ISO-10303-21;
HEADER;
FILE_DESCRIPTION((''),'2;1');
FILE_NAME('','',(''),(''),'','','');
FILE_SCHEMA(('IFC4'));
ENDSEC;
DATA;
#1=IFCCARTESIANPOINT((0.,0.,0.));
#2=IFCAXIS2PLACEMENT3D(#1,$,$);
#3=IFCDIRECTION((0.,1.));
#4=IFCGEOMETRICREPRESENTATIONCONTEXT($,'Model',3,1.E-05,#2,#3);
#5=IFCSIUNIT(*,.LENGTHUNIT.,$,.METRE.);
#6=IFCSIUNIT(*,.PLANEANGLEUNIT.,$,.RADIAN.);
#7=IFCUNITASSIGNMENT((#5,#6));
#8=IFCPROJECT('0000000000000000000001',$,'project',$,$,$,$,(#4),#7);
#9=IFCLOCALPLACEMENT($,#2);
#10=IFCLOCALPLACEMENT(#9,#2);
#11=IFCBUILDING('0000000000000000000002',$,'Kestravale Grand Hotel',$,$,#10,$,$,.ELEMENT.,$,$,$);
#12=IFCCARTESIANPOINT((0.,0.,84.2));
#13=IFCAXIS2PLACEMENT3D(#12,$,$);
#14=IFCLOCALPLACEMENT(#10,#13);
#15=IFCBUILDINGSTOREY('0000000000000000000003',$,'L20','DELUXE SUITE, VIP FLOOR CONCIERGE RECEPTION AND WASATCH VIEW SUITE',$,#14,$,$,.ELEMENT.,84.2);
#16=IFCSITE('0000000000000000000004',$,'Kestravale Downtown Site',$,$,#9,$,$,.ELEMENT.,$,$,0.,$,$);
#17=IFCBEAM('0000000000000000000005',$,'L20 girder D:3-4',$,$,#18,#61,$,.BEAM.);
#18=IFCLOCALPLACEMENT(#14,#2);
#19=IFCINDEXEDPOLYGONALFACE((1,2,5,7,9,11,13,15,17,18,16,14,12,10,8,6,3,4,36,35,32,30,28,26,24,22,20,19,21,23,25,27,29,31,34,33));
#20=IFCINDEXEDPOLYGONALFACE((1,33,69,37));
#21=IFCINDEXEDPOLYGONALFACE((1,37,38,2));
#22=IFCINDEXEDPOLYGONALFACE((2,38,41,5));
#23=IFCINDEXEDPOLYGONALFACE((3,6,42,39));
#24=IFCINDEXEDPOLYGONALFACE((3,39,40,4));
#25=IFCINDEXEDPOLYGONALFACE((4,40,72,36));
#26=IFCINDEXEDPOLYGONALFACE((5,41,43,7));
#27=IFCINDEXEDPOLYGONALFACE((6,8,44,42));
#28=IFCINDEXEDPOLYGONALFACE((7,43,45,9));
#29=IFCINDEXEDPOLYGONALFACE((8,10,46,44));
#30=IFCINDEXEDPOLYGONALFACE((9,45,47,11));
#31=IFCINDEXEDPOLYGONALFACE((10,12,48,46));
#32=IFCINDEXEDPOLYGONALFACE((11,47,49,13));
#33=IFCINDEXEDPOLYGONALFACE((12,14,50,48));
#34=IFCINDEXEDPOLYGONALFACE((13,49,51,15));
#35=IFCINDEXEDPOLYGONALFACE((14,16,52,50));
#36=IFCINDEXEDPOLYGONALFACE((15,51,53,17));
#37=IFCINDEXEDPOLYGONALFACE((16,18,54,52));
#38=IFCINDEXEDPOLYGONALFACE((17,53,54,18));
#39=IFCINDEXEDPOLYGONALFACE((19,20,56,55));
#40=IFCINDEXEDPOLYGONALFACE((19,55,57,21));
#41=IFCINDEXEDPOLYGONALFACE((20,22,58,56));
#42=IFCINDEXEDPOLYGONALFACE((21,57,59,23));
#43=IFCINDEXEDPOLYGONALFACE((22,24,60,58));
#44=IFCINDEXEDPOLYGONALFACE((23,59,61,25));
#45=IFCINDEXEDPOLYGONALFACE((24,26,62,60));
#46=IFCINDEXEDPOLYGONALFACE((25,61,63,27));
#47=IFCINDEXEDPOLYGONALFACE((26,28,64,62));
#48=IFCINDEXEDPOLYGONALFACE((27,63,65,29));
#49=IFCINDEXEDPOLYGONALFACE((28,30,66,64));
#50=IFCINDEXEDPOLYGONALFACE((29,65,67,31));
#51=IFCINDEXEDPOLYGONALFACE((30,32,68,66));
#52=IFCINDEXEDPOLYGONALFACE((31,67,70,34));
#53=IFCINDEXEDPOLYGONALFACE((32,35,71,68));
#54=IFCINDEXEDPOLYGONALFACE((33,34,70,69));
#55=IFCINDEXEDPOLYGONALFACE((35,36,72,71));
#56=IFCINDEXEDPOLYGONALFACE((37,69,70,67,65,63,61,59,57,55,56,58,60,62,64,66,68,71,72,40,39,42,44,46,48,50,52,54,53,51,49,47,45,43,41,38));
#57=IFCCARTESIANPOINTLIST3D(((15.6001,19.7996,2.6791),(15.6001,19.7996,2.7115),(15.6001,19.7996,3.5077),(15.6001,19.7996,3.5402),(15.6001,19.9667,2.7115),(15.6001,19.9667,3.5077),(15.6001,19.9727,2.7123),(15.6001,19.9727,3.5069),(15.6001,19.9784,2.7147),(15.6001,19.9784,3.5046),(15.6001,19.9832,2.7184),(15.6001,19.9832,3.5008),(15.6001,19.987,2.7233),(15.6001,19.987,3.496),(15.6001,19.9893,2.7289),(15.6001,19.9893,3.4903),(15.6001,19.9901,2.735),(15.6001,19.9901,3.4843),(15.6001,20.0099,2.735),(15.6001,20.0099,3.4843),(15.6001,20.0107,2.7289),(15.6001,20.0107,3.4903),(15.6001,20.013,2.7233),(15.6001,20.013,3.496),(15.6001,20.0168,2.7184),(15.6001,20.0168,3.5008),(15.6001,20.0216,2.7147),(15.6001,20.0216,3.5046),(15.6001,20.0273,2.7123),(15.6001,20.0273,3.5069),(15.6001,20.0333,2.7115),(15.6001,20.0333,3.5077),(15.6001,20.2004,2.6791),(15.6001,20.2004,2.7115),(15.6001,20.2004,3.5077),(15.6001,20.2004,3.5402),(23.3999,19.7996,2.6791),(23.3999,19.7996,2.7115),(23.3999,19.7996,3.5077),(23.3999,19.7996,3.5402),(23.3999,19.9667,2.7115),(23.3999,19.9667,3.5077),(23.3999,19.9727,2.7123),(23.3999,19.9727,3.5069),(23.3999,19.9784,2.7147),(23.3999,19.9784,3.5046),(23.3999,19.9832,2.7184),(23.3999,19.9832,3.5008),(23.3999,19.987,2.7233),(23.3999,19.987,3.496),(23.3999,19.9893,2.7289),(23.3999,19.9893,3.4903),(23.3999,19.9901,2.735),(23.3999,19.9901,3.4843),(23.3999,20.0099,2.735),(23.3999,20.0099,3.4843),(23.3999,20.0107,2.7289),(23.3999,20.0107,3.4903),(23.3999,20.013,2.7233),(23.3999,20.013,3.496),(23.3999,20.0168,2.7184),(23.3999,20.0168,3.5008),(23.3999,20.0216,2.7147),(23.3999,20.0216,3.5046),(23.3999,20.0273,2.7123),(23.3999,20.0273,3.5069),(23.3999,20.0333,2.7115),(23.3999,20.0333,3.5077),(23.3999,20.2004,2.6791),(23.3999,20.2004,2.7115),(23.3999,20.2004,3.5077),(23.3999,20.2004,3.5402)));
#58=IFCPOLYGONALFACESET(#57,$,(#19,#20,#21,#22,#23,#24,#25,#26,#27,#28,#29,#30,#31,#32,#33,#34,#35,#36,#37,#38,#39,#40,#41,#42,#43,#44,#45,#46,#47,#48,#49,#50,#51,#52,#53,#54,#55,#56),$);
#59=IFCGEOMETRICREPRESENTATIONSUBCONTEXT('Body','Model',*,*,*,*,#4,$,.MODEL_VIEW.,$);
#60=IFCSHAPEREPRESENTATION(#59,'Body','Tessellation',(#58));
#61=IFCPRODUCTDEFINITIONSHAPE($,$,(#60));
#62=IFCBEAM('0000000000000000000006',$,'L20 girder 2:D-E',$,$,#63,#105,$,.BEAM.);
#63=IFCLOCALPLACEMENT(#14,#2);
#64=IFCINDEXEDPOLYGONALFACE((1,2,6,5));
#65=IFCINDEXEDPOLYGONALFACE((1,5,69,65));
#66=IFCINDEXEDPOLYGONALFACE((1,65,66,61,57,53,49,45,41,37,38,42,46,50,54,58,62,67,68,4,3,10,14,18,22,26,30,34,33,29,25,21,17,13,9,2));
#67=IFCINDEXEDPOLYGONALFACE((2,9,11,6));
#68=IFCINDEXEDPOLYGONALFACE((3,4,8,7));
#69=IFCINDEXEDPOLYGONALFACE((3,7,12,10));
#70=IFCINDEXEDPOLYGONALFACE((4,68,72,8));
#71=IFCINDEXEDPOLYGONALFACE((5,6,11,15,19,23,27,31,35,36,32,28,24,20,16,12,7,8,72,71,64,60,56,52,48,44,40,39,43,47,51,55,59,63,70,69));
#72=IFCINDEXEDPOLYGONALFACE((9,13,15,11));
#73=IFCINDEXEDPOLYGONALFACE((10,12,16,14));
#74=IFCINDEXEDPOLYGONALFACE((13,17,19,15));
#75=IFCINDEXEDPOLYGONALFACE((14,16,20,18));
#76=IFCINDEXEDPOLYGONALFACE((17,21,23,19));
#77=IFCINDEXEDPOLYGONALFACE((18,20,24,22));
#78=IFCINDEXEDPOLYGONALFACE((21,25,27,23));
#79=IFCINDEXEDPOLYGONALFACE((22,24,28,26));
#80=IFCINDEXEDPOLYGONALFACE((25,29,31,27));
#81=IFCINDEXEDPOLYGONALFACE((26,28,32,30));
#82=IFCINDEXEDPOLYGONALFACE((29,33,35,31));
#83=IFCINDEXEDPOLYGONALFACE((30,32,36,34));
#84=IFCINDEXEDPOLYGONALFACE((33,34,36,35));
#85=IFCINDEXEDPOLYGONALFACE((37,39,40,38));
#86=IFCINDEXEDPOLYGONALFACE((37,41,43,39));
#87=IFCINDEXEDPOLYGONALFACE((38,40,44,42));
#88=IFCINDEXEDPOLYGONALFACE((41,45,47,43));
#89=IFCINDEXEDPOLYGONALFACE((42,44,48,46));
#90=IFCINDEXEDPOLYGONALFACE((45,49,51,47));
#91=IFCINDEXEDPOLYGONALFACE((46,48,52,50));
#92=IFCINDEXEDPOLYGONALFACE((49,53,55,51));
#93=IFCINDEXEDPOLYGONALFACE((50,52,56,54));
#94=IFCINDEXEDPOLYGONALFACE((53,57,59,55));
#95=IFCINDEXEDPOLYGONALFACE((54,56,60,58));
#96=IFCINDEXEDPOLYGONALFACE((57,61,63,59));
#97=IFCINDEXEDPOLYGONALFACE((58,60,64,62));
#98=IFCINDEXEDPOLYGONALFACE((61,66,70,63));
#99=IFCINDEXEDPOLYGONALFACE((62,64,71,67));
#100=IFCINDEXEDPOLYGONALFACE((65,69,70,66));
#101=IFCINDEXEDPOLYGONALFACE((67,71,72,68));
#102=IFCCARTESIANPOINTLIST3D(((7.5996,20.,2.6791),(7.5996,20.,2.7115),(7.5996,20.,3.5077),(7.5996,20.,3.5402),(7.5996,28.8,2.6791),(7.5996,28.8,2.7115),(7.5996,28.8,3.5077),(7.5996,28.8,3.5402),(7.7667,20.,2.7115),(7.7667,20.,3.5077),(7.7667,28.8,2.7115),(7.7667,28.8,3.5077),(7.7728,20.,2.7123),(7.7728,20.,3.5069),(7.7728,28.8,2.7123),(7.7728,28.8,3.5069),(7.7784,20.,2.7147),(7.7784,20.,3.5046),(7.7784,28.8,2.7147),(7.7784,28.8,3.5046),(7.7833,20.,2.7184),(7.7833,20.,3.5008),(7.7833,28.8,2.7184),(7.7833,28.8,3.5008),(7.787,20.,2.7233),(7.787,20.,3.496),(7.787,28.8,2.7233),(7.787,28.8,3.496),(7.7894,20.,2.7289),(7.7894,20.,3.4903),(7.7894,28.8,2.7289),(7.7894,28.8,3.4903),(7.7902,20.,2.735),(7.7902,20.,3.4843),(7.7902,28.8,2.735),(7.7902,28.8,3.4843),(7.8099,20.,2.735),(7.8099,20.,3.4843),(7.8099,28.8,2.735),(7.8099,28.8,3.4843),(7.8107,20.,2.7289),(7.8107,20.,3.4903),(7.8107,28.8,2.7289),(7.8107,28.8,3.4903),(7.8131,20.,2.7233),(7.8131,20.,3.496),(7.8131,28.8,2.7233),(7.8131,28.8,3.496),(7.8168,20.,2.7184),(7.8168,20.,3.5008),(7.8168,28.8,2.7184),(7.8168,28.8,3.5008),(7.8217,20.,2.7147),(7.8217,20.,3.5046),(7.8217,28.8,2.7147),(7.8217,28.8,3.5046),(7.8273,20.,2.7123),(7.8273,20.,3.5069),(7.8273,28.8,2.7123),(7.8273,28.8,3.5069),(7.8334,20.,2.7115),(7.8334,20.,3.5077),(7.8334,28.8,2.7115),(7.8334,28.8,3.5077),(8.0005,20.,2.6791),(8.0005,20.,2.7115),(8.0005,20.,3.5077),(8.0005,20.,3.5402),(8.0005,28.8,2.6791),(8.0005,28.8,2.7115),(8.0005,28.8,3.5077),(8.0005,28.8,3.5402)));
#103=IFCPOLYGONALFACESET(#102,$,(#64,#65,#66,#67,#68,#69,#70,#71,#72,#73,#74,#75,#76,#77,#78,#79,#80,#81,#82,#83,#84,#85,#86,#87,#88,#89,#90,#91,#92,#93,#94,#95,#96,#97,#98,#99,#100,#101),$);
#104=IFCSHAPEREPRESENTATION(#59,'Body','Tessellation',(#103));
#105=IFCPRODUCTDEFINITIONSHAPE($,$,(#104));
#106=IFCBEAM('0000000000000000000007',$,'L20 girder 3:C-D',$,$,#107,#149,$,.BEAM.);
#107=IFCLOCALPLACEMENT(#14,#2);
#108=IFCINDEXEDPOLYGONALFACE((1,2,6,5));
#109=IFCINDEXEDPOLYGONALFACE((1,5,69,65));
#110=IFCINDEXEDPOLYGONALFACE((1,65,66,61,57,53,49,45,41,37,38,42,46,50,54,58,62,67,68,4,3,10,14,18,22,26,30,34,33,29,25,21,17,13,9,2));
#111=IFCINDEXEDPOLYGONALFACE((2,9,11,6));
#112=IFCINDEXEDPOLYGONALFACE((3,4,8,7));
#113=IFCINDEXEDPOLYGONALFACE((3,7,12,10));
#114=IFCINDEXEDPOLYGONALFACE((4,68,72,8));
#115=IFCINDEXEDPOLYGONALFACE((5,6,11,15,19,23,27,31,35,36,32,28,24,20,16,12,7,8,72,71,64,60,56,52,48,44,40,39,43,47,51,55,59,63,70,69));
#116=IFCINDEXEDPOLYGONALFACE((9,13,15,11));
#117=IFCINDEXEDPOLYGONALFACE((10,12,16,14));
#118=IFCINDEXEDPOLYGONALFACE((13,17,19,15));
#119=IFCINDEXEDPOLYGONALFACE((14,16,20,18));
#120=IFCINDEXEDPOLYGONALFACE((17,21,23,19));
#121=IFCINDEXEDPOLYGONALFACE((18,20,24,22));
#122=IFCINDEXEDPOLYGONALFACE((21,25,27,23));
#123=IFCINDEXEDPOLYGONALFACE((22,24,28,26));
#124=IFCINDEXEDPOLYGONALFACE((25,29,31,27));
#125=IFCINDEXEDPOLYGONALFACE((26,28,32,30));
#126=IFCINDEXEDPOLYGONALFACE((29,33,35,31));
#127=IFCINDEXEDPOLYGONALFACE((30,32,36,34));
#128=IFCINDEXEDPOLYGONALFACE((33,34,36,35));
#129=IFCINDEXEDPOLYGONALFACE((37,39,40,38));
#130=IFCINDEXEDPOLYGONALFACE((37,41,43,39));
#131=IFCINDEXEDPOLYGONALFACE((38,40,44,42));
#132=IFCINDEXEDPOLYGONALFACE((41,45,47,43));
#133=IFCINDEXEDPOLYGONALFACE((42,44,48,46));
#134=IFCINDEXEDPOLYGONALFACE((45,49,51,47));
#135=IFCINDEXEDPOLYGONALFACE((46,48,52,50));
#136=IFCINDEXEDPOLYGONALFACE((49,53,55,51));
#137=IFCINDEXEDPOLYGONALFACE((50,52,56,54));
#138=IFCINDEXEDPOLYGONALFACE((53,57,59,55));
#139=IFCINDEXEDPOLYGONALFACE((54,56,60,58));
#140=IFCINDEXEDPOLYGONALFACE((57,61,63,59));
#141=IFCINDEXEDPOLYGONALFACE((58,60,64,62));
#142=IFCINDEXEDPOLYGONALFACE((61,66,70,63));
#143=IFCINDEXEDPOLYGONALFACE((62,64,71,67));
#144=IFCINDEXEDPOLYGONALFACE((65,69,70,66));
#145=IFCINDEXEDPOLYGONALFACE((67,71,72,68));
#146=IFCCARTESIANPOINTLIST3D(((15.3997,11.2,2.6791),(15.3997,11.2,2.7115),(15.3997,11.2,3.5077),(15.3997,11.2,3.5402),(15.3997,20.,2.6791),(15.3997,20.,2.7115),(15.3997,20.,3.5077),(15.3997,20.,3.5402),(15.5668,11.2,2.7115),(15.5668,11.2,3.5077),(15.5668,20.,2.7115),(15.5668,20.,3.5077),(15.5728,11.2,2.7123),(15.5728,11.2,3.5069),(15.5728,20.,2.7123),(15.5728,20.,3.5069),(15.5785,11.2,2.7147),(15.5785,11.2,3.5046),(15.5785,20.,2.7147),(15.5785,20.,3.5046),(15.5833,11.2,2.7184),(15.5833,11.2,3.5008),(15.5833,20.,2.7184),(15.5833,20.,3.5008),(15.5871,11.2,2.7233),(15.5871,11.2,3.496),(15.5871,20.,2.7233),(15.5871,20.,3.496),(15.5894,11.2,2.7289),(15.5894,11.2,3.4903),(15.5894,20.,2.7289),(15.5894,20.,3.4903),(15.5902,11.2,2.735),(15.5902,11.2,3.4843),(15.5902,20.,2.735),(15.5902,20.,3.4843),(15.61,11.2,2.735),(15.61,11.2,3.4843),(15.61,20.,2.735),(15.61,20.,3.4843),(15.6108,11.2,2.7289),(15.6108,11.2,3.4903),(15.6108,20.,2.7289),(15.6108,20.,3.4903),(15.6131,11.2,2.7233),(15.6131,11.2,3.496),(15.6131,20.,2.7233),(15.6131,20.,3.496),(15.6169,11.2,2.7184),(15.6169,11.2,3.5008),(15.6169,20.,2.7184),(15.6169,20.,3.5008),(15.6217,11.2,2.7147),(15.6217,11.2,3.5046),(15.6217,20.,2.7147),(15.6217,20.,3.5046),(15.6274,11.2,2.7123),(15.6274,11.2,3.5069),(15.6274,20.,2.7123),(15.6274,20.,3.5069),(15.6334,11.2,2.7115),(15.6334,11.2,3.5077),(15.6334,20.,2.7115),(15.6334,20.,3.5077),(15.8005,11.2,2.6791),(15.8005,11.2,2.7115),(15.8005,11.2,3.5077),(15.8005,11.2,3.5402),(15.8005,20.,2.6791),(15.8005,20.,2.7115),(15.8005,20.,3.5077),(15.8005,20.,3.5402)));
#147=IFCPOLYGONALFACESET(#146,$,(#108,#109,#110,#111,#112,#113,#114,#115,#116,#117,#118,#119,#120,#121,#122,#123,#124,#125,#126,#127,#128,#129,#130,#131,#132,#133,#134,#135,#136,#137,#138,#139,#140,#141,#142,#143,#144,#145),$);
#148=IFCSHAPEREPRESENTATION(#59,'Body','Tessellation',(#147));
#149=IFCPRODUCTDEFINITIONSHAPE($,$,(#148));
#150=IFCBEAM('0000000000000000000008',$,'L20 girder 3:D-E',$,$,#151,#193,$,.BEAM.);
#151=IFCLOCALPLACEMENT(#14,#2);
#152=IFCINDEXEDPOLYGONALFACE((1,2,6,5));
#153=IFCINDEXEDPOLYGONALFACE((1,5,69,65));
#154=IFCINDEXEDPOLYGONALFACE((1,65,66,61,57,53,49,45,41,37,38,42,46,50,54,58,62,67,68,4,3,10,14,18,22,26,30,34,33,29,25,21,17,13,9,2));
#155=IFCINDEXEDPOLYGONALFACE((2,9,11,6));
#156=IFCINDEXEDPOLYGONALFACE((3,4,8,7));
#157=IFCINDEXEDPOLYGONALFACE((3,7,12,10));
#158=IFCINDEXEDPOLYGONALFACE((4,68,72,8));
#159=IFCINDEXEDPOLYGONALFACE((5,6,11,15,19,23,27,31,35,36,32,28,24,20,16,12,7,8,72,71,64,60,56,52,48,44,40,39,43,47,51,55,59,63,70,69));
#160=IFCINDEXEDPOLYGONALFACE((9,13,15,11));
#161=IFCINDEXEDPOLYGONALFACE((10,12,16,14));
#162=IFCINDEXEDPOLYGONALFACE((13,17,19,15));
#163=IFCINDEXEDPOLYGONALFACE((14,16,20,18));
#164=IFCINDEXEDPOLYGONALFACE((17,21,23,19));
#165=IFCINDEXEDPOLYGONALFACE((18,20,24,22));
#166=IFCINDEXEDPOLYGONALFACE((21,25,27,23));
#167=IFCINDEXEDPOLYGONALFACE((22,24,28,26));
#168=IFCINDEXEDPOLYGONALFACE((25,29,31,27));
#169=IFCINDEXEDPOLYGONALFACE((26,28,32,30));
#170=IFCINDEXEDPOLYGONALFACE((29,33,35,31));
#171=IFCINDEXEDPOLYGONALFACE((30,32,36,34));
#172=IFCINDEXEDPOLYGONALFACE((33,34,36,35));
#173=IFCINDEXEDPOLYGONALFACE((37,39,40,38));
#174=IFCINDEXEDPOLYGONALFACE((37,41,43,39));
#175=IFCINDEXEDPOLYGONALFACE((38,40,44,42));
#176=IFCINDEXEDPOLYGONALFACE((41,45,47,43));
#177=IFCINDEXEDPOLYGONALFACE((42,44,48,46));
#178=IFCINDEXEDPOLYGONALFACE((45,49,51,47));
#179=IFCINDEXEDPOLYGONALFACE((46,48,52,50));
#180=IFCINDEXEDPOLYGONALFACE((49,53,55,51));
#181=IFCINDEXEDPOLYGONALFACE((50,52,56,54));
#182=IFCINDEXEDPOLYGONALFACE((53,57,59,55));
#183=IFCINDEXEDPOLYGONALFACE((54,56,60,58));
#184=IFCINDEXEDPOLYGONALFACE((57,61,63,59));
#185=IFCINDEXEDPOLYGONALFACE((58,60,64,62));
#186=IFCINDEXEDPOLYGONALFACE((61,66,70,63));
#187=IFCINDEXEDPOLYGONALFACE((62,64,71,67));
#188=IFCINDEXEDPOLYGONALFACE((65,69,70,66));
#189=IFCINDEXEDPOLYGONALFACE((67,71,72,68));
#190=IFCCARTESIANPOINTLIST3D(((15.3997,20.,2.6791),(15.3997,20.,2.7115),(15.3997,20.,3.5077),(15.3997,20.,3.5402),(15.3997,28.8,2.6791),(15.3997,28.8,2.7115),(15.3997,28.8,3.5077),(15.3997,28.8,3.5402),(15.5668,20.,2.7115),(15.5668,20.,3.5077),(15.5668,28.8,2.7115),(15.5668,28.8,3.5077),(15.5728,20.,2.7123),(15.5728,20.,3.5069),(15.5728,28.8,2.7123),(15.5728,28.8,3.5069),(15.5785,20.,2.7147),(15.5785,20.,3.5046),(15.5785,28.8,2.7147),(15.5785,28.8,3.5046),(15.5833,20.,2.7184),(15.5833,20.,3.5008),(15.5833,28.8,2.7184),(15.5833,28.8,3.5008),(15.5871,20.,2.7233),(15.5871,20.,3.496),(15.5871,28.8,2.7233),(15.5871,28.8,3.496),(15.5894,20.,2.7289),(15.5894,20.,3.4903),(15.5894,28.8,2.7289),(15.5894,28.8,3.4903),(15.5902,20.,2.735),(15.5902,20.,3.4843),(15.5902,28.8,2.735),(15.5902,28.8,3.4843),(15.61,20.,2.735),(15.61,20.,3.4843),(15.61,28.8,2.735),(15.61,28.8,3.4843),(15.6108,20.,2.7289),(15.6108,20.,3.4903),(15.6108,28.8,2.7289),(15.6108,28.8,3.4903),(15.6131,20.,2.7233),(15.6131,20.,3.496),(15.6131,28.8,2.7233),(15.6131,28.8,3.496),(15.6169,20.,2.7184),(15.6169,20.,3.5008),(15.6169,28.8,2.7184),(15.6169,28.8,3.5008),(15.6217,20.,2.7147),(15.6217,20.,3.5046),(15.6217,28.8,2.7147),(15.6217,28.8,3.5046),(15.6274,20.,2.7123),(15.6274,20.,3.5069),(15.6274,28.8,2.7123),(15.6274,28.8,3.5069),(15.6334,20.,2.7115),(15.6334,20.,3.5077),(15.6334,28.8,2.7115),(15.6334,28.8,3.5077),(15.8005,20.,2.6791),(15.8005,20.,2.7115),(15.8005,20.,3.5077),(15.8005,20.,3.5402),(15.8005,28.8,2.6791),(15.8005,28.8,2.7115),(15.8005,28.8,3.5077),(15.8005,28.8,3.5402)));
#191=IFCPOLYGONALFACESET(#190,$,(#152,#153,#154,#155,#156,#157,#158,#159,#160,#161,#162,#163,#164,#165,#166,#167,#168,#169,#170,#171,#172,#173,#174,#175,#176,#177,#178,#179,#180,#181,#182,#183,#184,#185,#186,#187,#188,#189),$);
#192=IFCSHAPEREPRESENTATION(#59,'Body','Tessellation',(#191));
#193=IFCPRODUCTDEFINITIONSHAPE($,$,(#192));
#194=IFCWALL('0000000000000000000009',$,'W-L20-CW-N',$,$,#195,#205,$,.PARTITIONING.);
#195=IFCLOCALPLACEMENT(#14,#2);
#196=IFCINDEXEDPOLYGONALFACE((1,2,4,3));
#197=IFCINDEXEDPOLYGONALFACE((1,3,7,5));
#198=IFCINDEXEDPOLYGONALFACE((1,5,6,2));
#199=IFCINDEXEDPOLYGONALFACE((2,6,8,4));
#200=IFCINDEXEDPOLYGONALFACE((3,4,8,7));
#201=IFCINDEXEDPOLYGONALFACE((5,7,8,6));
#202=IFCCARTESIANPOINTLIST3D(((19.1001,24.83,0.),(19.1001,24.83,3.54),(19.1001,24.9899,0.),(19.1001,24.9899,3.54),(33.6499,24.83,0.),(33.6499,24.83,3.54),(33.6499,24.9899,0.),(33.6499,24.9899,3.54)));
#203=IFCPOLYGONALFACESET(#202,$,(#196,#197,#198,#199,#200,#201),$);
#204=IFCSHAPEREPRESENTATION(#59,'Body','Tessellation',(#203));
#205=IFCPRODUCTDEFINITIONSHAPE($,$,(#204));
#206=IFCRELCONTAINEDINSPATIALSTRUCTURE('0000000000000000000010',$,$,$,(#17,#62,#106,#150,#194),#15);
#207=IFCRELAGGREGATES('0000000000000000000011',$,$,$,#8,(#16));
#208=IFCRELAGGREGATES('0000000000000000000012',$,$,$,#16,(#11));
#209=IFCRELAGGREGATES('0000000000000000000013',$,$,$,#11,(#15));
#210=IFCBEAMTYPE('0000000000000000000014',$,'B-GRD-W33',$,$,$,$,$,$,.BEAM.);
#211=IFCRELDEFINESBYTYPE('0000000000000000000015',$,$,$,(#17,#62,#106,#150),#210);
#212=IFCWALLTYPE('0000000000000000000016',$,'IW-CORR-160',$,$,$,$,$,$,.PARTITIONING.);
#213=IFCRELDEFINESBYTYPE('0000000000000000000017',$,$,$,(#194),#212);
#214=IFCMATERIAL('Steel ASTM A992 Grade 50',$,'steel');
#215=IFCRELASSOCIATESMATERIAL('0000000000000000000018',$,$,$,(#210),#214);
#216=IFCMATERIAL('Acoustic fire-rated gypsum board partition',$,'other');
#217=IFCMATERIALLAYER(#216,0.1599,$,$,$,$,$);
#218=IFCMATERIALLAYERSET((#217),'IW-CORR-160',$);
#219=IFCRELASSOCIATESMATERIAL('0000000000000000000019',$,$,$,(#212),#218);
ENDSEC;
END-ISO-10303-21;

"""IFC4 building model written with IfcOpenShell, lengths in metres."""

from ifc_helpers import new_model, si_unit, direction, frame, frame_2d, origin, origin_2d, place, context, subcontext, project, spatial, rectangle, i_section, extrude, material, layer, layer_set, material_profile, profile_set, type_object, element, save


model = new_model("IFC4")

# Units and contexts
model_context = context("Model", 3, precision=1e-05, world=origin(), true_north=direction((0.0, 1.0)))
body_context = subcontext(model_context, "Body", "Model", "MODEL_VIEW")
ifc_project = project(units=[si_unit("LENGTHUNIT", "METRE"), si_unit("PLANEANGLEUNIT", "RADIAN")], contexts=[model_context])

# Site, building, storey
site_placement = place(None, origin())
site = spatial("IfcSite", under=ifc_project, at=site_placement, Name="Kestravale Downtown Site", CompositionType="ELEMENT", RefElevation=0.0)
building_placement = place(site_placement, origin())
building = spatial("IfcBuilding", under=site, at=building_placement, Name="Kestravale Grand Hotel", CompositionType="ELEMENT")
storey_placement = place(building_placement, frame((0.0, 0.0, 84.2)))
storey = spatial("IfcBuildingStorey", under=building, at=storey_placement, Name="L20", Description="DELUXE SUITE, VIP FLOOR CONCIERGE RECEPTION AND WASATCH VIEW SUITE", CompositionType="ELEMENT", Elevation=84.2)

# Beams
ifc_material_1 = material(Name="Steel ASTM A992 Grade 50", Category="steel")
ifc_material_profile_1 = material_profile(ifc_material_1, i_section(OverallWidth=0.4009, OverallDepth=0.8611, WebThickness=0.0198, FlangeThickness=0.0325, FilletRadius=0.0234, at=origin_2d()))
ifc_profile_set_1 = profile_set([ifc_material_profile_1], Name="Steel ASTM A992 Grade 50")
beam_type_1 = type_object("IfcBeamType", Name="B-GRD-W33", PredefinedType="BEAM", material=ifc_profile_set_1)
beam_1_placement = place(storey_placement, frame((15.6001, 20.0, 3.1096), z_axis=(1.0, 0.0, 0.0), x_axis=(0.0, 1.0, 0.0)))
element("IfcBeam", 1, at=beam_1_placement, inside=storey, type_object=beam_type_1, Name="L20 girder D:3-4", PredefinedType="BEAM", context=body_context, shape_type="SweptSolid", body=[
    extrude(i_section(OverallWidth=0.4009, OverallDepth=0.8611, WebThickness=0.0198, FlangeThickness=0.0325, FilletRadius=0.0234, at=origin_2d()), origin(), (0.0, 0.0, 1.0), 7.7998),
])
for number, where, z_axis, x_axis, name in (
    (2, (7.8, 20.0, 3.1096), (0.0, 1.0, 0.0), (-1.0, 0.0, 0.0), "L20 girder 2:D-E"),
    (3, (15.6001, 11.2, 3.1096), (0.0, 1.0, 0.0), (-1.0, 0.0, 0.0), "L20 girder 3:C-D"),
    (4, (15.6001, 20.0, 3.1096), (0.0, 1.0, 0.0), (-1.0, 0.0, 0.0), "L20 girder 3:D-E"),
):
    element("IfcBeam", number, at=place(storey_placement, frame(where, z_axis=z_axis, x_axis=x_axis)), inside=storey, type_object=beam_type_1, Name=name, PredefinedType="BEAM", context=body_context, shape_type="SweptSolid", body=[
        extrude(i_section(OverallWidth=0.4009, OverallDepth=0.8611, WebThickness=0.0198, FlangeThickness=0.0325, FilletRadius=0.0234, at=origin_2d()), origin(), (0.0, 0.0, 1.0), 8.8),
    ])

# Wall
ifc_material_2 = material(Name="Acoustic fire-rated gypsum board partition", Category="other")
ifc_layer_1 = layer(ifc_material_2, 0.1599)
ifc_layer_set_1 = layer_set([ifc_layer_1], Name="IW-CORR-160")
wall_type_1 = type_object("IfcWallType", Name="IW-CORR-160", PredefinedType="PARTITIONING", material=ifc_layer_set_1)
wall_1_placement = place(storey_placement, frame((19.1001, 24.9099, 0.0), z_axis=(0.0, 0.0, 1.0), x_axis=(1.0, 0.0, 0.0)))
element("IfcWall", 5, at=wall_1_placement, inside=storey, type_object=wall_type_1, Name="W-L20-CW-N", PredefinedType="PARTITIONING", context=body_context, shape_type="SweptSolid", body=[
    extrude(rectangle(XDim=14.5498, YDim=0.1599, at=frame_2d((7.2749, 0.0))), origin(), (0.0, 0.0, 1.0), 3.54),
])

save(model, "model.ifc")
